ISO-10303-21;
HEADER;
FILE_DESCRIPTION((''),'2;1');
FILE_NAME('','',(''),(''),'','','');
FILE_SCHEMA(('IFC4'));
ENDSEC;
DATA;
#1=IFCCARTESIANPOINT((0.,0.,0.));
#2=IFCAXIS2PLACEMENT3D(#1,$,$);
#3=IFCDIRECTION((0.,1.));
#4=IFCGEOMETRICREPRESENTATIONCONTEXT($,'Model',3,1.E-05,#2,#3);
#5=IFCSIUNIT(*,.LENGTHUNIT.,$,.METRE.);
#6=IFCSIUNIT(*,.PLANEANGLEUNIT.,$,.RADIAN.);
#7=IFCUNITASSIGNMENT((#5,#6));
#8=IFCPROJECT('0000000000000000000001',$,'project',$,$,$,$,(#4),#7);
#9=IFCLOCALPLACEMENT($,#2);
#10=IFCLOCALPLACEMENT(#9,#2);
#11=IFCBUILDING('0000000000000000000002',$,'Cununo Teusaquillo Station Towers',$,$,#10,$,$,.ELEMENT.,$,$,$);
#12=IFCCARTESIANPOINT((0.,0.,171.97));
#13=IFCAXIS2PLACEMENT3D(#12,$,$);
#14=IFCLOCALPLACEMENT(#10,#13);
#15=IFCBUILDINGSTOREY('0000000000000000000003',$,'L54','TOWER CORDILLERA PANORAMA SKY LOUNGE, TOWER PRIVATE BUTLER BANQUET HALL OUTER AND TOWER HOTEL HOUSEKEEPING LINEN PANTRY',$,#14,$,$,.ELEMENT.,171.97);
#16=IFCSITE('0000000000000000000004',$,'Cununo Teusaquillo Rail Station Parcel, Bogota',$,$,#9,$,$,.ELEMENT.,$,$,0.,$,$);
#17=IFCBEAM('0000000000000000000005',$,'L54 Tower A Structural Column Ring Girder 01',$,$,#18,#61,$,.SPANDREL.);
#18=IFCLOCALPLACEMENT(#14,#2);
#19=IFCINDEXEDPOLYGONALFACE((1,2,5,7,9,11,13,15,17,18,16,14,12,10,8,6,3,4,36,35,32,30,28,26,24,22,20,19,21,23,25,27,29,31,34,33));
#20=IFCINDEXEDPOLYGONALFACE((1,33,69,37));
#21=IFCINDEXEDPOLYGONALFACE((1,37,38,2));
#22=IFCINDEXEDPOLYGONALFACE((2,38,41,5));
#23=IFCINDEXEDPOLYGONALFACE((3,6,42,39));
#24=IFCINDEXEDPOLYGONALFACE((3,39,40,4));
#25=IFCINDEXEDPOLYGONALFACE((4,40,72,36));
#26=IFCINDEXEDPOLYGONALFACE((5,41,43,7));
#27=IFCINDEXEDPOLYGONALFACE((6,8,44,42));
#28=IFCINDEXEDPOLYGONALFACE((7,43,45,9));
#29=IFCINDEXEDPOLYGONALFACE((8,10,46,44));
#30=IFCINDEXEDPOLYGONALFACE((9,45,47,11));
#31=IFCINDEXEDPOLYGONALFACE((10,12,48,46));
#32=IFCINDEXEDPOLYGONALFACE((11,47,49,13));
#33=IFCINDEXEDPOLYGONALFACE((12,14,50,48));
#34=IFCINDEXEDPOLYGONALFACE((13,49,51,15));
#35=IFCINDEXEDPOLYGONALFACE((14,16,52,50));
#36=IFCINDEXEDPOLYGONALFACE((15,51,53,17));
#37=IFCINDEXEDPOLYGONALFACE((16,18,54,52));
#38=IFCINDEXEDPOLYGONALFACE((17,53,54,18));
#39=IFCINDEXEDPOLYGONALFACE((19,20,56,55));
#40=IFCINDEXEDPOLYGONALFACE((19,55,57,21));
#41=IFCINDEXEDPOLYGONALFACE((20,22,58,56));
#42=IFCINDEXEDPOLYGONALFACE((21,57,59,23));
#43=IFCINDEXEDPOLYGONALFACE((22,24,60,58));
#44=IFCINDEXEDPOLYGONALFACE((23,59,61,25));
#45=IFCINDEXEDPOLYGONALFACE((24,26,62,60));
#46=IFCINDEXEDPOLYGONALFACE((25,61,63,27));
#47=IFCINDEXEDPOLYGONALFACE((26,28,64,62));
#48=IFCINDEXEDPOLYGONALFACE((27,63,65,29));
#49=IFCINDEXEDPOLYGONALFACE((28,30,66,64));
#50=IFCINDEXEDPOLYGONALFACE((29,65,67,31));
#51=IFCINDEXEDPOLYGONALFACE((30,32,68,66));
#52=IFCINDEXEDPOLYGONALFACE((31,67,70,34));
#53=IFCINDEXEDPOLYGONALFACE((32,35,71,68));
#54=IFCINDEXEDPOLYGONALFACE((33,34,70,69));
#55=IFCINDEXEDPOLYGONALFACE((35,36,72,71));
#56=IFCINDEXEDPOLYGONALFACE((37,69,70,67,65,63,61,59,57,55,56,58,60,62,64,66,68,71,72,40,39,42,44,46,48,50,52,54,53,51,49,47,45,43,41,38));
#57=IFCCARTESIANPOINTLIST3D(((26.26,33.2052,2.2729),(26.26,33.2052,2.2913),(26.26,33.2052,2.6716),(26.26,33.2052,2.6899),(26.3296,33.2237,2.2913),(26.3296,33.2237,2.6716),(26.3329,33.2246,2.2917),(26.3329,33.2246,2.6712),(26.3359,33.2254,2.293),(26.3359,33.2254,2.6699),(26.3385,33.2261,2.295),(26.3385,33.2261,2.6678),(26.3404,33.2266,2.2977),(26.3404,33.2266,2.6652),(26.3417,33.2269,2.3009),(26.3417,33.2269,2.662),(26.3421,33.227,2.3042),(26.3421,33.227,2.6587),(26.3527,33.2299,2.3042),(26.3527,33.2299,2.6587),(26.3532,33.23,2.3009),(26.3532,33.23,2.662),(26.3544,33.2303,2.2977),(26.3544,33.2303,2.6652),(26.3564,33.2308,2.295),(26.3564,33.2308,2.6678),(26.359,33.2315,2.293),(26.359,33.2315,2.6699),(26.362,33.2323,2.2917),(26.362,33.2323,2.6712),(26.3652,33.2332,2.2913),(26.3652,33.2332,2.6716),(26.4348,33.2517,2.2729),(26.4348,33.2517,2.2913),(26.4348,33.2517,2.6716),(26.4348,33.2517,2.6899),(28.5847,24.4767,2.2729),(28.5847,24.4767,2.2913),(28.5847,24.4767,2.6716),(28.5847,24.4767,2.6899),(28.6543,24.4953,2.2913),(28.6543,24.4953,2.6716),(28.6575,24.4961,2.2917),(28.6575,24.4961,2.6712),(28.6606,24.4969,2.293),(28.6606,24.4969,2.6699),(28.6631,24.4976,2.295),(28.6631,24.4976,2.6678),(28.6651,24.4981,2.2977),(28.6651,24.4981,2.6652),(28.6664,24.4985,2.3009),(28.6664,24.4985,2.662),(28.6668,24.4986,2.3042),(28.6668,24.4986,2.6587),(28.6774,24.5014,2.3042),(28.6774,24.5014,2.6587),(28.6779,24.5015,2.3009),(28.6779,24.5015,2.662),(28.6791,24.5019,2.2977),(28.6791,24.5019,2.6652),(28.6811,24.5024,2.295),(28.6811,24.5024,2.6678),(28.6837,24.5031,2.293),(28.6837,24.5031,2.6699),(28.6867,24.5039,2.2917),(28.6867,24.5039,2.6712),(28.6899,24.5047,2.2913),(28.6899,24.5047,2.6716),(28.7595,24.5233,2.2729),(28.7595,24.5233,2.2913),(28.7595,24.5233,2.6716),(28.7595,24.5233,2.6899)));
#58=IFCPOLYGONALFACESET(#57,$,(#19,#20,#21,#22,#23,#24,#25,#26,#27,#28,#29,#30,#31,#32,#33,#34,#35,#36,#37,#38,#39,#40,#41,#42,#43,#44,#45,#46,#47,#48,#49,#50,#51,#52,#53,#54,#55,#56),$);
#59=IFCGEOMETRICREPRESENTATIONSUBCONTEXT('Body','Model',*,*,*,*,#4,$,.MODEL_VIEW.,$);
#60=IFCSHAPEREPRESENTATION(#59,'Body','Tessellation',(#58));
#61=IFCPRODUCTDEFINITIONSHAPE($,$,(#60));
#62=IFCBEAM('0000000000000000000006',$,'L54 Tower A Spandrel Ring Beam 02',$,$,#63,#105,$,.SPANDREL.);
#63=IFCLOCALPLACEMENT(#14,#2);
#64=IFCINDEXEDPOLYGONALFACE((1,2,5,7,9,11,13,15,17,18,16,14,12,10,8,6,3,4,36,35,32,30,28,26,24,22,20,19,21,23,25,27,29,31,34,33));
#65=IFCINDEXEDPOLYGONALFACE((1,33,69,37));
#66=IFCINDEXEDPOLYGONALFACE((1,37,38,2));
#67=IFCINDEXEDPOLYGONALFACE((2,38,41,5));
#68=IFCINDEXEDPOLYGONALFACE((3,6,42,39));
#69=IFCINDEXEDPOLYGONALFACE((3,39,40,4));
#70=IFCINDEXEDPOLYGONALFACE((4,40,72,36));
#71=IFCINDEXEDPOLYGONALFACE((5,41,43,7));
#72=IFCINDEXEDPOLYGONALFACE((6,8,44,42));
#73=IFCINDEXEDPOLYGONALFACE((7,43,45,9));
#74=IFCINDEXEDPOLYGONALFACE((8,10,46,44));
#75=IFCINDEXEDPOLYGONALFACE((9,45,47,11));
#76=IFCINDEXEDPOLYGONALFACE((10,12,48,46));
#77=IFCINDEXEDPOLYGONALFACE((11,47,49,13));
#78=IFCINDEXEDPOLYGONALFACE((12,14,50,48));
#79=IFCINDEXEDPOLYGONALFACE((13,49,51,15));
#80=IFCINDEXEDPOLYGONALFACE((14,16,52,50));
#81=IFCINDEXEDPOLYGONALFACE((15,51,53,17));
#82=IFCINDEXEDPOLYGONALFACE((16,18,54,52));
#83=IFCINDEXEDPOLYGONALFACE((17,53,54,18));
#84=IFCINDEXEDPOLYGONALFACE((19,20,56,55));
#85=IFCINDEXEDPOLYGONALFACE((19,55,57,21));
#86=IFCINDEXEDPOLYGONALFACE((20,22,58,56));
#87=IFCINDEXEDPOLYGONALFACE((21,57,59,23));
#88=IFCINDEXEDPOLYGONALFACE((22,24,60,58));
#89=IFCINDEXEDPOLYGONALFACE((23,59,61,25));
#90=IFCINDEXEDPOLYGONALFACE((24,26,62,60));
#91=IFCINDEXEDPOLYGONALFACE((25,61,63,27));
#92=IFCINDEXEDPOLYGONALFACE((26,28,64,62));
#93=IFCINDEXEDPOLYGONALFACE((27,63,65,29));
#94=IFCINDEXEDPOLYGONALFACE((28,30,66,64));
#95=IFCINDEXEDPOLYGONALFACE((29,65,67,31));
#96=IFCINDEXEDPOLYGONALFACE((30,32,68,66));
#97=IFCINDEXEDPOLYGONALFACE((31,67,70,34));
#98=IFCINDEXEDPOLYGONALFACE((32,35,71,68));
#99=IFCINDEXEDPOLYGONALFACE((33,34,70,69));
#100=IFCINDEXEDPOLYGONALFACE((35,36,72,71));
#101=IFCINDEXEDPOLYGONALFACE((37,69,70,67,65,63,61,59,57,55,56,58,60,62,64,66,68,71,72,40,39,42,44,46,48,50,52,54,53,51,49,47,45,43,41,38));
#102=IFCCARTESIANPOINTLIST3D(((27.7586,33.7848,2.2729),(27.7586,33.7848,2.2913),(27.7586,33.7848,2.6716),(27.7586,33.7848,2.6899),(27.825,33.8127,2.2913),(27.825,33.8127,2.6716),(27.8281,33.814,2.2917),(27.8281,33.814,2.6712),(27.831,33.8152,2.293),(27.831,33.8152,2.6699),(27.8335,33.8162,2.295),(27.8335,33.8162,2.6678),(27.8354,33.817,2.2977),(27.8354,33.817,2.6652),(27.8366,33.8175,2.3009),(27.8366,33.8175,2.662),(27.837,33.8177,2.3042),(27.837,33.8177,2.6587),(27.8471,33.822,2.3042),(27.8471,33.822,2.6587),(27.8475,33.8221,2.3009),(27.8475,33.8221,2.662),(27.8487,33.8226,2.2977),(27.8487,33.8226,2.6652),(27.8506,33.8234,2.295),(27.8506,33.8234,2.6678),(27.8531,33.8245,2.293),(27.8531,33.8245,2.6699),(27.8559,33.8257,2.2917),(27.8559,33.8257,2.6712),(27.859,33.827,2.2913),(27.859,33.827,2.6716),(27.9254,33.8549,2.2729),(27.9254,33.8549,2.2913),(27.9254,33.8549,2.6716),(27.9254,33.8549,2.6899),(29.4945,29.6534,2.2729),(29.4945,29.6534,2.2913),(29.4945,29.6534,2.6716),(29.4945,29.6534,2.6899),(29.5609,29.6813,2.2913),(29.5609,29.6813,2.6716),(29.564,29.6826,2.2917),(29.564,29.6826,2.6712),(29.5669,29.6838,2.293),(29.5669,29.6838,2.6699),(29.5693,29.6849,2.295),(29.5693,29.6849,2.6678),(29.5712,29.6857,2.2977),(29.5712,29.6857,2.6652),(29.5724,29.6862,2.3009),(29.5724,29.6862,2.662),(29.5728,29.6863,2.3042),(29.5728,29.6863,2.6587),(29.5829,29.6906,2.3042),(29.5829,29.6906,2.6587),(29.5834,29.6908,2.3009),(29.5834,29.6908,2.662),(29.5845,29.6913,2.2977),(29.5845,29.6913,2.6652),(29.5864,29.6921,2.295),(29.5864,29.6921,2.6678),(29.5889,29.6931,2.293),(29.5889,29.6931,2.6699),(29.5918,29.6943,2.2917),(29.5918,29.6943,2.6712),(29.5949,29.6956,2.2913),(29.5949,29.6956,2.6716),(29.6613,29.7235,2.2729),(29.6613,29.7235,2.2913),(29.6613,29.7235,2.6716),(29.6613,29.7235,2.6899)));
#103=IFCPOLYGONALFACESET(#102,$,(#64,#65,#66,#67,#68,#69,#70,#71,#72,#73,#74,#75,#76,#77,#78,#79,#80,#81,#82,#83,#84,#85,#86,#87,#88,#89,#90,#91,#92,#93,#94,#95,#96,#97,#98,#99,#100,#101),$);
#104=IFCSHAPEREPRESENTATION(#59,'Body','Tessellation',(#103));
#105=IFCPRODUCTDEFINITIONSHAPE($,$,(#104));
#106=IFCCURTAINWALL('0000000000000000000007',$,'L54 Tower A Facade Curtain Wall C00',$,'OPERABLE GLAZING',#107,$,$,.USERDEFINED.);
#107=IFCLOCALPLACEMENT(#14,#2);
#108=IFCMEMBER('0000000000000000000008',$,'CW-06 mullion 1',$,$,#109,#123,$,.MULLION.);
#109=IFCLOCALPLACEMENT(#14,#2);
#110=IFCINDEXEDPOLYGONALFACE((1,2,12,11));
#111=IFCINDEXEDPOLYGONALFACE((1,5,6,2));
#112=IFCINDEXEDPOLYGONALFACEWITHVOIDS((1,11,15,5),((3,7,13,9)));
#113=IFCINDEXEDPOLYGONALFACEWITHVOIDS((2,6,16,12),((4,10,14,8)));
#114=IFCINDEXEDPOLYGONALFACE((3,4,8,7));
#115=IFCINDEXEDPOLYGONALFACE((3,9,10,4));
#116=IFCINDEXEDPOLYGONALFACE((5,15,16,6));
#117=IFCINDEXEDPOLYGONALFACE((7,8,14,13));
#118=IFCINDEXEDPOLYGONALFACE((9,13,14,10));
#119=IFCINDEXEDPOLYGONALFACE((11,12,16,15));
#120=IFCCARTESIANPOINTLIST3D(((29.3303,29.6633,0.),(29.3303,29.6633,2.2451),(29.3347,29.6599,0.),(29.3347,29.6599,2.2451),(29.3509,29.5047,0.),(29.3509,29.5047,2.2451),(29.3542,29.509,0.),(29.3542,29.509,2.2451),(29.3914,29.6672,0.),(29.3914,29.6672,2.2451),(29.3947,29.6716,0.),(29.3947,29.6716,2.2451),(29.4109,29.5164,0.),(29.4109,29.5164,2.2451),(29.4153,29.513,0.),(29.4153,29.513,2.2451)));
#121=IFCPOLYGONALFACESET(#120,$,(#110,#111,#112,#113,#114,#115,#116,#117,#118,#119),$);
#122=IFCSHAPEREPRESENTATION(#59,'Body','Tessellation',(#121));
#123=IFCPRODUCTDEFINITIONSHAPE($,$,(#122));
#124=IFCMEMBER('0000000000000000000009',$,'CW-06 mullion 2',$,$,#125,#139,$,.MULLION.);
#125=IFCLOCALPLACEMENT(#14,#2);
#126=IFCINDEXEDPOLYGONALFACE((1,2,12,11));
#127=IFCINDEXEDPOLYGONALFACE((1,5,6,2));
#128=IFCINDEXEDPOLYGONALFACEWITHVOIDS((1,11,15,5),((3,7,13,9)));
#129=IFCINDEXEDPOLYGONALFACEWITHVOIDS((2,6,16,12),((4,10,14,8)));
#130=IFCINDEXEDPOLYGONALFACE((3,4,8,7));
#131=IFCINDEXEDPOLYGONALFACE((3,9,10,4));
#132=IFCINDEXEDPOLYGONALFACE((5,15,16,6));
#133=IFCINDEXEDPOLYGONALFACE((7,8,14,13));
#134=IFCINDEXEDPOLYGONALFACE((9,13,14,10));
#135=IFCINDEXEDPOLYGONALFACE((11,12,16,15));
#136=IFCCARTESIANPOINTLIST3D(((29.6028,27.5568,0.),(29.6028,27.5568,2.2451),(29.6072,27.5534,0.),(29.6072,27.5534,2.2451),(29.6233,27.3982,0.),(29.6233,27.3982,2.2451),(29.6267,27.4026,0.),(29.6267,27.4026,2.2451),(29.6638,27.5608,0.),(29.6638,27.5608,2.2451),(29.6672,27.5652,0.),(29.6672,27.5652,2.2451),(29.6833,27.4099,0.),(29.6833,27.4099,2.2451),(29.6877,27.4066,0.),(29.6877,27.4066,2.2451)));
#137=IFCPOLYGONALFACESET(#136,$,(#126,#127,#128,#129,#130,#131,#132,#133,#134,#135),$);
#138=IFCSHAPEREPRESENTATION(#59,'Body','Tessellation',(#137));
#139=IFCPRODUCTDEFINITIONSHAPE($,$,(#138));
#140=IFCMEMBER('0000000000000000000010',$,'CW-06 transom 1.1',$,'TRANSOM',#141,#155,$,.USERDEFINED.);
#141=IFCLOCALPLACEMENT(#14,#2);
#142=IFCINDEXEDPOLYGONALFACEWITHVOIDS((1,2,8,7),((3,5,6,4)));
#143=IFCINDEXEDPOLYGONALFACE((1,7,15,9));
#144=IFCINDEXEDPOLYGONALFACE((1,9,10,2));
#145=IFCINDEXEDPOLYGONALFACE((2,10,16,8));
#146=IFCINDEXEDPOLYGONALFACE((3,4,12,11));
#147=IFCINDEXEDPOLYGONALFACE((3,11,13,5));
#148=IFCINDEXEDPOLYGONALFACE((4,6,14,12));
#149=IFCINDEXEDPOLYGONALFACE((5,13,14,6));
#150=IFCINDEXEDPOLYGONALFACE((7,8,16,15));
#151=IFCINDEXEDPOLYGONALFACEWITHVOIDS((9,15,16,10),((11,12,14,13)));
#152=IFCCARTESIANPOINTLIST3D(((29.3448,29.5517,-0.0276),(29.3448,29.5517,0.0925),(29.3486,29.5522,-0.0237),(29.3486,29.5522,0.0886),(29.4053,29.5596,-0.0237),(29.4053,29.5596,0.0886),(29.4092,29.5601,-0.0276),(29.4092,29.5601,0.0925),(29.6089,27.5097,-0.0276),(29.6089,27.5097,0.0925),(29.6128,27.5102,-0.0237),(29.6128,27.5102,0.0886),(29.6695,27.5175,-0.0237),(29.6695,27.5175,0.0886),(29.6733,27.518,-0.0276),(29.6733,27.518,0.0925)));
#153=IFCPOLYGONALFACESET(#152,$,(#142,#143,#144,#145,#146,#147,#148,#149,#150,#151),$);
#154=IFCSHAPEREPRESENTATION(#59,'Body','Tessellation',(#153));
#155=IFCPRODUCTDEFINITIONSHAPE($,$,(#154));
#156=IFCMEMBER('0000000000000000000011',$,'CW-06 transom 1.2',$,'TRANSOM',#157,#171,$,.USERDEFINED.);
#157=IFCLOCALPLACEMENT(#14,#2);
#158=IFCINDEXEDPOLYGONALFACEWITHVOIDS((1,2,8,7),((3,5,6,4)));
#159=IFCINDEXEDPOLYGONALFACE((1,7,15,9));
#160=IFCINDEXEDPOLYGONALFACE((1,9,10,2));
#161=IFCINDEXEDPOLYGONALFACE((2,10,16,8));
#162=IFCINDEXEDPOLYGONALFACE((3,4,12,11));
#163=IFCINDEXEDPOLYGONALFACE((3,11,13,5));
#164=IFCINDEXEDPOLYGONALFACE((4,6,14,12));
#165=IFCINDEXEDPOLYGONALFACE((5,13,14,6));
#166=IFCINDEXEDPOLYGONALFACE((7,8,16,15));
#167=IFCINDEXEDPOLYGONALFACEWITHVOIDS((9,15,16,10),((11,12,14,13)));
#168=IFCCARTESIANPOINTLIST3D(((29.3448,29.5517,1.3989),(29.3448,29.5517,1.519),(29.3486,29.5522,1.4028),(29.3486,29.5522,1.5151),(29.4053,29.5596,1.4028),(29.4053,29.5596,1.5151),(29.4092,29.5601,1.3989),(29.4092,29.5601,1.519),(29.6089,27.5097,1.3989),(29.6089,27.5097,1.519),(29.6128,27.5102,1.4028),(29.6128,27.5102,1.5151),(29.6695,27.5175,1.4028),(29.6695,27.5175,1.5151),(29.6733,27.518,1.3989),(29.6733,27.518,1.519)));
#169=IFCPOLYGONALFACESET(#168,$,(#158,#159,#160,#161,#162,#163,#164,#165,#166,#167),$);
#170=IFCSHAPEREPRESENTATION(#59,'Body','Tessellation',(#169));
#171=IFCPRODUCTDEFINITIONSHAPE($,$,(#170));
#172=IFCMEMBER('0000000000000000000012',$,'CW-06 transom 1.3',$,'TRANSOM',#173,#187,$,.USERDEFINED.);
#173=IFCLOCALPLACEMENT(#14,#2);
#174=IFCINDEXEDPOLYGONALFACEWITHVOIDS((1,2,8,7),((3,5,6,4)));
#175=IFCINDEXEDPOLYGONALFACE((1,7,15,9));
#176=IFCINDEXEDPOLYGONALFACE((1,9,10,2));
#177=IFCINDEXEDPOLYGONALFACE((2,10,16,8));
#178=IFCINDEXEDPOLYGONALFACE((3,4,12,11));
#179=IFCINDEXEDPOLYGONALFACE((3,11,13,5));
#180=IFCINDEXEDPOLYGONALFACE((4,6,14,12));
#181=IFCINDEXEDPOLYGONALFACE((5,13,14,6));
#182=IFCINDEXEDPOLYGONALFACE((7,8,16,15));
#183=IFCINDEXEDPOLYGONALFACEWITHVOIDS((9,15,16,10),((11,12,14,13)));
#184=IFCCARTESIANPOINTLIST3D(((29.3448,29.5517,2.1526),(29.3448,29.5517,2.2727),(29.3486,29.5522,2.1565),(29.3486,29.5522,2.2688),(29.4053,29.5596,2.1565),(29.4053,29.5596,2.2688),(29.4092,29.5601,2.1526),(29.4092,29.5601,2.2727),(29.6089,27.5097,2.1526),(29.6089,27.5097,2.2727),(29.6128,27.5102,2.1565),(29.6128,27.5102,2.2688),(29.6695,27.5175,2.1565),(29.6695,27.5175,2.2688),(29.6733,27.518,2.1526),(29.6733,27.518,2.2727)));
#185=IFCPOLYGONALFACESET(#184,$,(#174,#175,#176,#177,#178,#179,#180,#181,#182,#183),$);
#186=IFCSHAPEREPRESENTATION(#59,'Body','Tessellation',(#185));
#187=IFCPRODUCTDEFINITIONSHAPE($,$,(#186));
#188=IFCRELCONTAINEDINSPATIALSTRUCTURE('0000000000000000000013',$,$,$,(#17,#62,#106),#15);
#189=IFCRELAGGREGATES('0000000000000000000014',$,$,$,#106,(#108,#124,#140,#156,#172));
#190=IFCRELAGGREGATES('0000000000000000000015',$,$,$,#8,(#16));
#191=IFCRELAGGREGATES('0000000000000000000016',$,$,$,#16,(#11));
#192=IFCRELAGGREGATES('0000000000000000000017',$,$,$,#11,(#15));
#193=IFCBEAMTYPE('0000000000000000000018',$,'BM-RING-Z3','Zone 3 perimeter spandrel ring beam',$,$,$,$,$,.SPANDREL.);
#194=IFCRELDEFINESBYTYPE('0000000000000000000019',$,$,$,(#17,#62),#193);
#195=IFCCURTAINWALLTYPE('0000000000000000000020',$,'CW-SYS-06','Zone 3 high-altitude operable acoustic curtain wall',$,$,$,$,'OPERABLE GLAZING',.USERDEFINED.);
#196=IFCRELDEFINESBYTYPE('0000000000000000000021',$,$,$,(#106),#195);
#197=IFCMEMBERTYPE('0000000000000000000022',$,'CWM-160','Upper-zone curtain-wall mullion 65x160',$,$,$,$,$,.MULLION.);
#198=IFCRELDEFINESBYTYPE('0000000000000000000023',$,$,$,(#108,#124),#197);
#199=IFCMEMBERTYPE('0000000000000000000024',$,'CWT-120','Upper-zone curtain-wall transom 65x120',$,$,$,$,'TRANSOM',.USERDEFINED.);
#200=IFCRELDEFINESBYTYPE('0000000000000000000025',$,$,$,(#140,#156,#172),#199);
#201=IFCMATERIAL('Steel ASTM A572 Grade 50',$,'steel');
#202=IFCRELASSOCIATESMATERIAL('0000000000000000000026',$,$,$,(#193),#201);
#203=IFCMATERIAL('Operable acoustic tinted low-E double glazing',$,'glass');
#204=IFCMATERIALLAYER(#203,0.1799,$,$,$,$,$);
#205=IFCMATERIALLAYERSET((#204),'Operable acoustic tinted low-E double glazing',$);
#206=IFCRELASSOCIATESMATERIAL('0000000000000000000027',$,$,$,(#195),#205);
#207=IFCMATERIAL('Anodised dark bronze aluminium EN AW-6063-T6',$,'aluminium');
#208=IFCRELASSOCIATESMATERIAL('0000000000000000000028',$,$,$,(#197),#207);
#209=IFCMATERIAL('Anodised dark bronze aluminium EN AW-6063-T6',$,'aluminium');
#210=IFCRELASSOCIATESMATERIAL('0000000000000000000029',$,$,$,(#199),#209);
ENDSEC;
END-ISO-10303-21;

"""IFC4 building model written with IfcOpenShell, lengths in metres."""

from ifc_helpers import new_model, si_unit, direction, frame, origin, origin_2d, place, context, subcontext, project, spatial, hollow_rectangle, i_section, extrude, material, layer, layer_set, material_profile, profile_set, type_object, element, aggregate, save


model = new_model("IFC4")

# Units and contexts
model_context = context("Model", 3, precision=1e-05, world=origin(), true_north=direction((0.0, 1.0)))
body_context = subcontext(model_context, "Body", "Model", "MODEL_VIEW")
ifc_project = project(units=[si_unit("LENGTHUNIT", "METRE"), si_unit("PLANEANGLEUNIT", "RADIAN")], contexts=[model_context])

# Site, building, storey
site_placement = place(None, origin())
site = spatial("IfcSite", under=ifc_project, at=site_placement, Name="Cununo Teusaquillo Rail Station Parcel, Bogota", CompositionType="ELEMENT", RefElevation=0.0)
building_placement = place(site_placement, origin())
building = spatial("IfcBuilding", under=site, at=building_placement, Name="Cununo Teusaquillo Station Towers", CompositionType="ELEMENT")
storey_placement = place(building_placement, frame((0.0, 0.0, 171.97)))
storey = spatial("IfcBuildingStorey", under=building, at=storey_placement, Name="L54", Description="TOWER CORDILLERA PANORAMA SKY LOUNGE, TOWER PRIVATE BUTLER BANQUET HALL OUTER AND TOWER HOTEL HOUSEKEEPING LINEN PANTRY", CompositionType="ELEMENT", Elevation=171.97)

# Beams
ifc_material_1 = material(Name="Steel ASTM A572 Grade 50", Category="steel")
ifc_material_profile_1 = material_profile(ifc_material_1, i_section(OverallWidth=0.1809, OverallDepth=0.417, WebThickness=0.011, FlangeThickness=0.0183, FilletRadius=0.0129, at=origin_2d()), Name="W16X57")
ifc_profile_set_1 = profile_set([ifc_material_profile_1], Name="Steel ASTM A572 Grade 50")
beam_type_1 = type_object("IfcBeamType", Name="BM-RING-Z3", Description="Zone 3 perimeter spandrel ring beam", PredefinedType="SPANDREL", material=ifc_profile_set_1)
beam_1_placement = place(storey_placement, frame((28.6721, 24.5, 2.4814), z_axis=(-0.257363, 0.966315, 0.0), x_axis=(-0.966315, -0.257363, 0.0)))
element("IfcBeam", 1, at=beam_1_placement, inside=storey, type_object=beam_type_1, Name="L54 Tower A Structural Column Ring Girder 01", PredefinedType="SPANDREL", context=body_context, shape_type="SweptSolid", body=[
    extrude(i_section(OverallWidth=0.1809, OverallDepth=0.417, WebThickness=0.011, FlangeThickness=0.0183, FilletRadius=0.0129, at=origin_2d()), origin(), (0.0, 0.0, 1.0), 9.0327),
])
beam_2_placement = place(storey_placement, frame((29.5779, 29.6885, 2.4814), z_axis=(-0.38736, 0.921928, 0.0), x_axis=(-0.921928, -0.38736, 0.0)))
element("IfcBeam", 2, at=beam_2_placement, inside=storey, type_object=beam_type_1, Name="L54 Tower A Spandrel Ring Beam 02", PredefinedType="SPANDREL", context=body_context, shape_type="SweptSolid", body=[
    extrude(i_section(OverallWidth=0.1809, OverallDepth=0.417, WebThickness=0.011, FlangeThickness=0.0183, FilletRadius=0.0129, at=origin_2d()), origin(), (0.0, 0.0, 1.0), 4.4812),
])

# Curtain wall, members
ifc_material_2 = material(Name="Operable acoustic tinted low-E double glazing", Category="glass")
ifc_layer_1 = layer(ifc_material_2, 0.1799)
ifc_layer_set_1 = layer_set([ifc_layer_1], Name="Operable acoustic tinted low-E double glazing")
curtain_wall_type = type_object("IfcCurtainWallType", Name="CW-SYS-06", Description="Zone 3 high-altitude operable acoustic curtain wall", ElementType="OPERABLE GLAZING", PredefinedType="USERDEFINED", material=ifc_layer_set_1)
curtain_wall_placement = place(storey_placement, origin())
curtain_wall = element("IfcCurtainWall", 3, at=curtain_wall_placement, inside=storey, type_object=curtain_wall_type, Name="L54 Tower A Facade Curtain Wall C00", ObjectType="OPERABLE GLAZING", PredefinedType="USERDEFINED")
ifc_material_3 = material(Name="Anodised dark bronze aluminium EN AW-6063-T6", Category="aluminium")
ifc_material_profile_2 = material_profile(ifc_material_3, hollow_rectangle(XDim=0.0649, YDim=0.1599, WallThickness=0.0039, at=origin_2d()), Name="CW-MULL-65x160")
ifc_profile_set_2 = profile_set([ifc_material_profile_2], Name="Anodised dark bronze aluminium EN AW-6063-T6")
member_type_1 = type_object("IfcMemberType", Name="CWM-160", Description="Upper-zone curtain-wall mullion 65x160", PredefinedType="MULLION", material=ifc_profile_set_2)
member_1_placement = place(storey_placement, frame((29.3728, 29.5881, 0.0), z_axis=(0.0, 0.0, 1.0), x_axis=(0.991737, 0.128285, 0.0)))
member_1 = element("IfcMember", 4, at=member_1_placement, type_object=member_type_1, Name="CW-06 mullion 1", PredefinedType="MULLION", context=body_context, shape_type="SweptSolid", body=[
    extrude(hollow_rectangle(XDim=0.0649, YDim=0.1599, WallThickness=0.0039, at=origin_2d()), origin(), (0.0, 0.0, 1.0), 2.2451),
])
member_2_placement = place(storey_placement, frame((29.6453, 27.4817, 0.0), z_axis=(0.0, 0.0, 1.0), x_axis=(0.991737, 0.128285, 0.0)))
member_2 = element("IfcMember", 5, at=member_2_placement, type_object=member_type_1, Name="CW-06 mullion 2", PredefinedType="MULLION", context=body_context, shape_type="SweptSolid", body=[
    extrude(hollow_rectangle(XDim=0.0649, YDim=0.1599, WallThickness=0.0039, at=origin_2d()), origin(), (0.0, 0.0, 1.0), 2.2451),
])
ifc_material_4 = material(Name="Anodised dark bronze aluminium EN AW-6063-T6", Category="aluminium")
ifc_material_profile_3 = material_profile(ifc_material_4, hollow_rectangle(XDim=0.0649, YDim=0.1201, WallThickness=0.0039, at=origin_2d()), Name="CW-TRAN-65x120")
ifc_profile_set_3 = profile_set([ifc_material_profile_3], Name="Anodised dark bronze aluminium EN AW-6063-T6")
member_type_2 = type_object("IfcMemberType", Name="CWT-120", Description="Upper-zone curtain-wall transom 65x120", ElementType="TRANSOM", PredefinedType="USERDEFINED", material=ifc_profile_set_3)
member_3_placement = place(storey_placement, frame((29.377, 29.5559, 0.0325), z_axis=(0.128295, -0.991736, 0.0), x_axis=(0.991736, 0.128295, 0.0)))
member_3 = element("IfcMember", 6, at=member_3_placement, type_object=member_type_2, Name="CW-06 transom 1.1", ObjectType="TRANSOM", PredefinedType="USERDEFINED", context=body_context, shape_type="SweptSolid", body=[
    extrude(hollow_rectangle(XDim=0.0649, YDim=0.1201, WallThickness=0.0039, at=origin_2d()), origin(), (0.0, 0.0, 1.0), 2.0591),
])
member_4_placement = place(storey_placement, frame((29.377, 29.5559, 1.459), z_axis=(0.128295, -0.991736, 0.0), x_axis=(0.991736, 0.128295, 0.0)))
member_4 = element("IfcMember", 7, at=member_4_placement, type_object=member_type_2, Name="CW-06 transom 1.2", ObjectType="TRANSOM", PredefinedType="USERDEFINED", context=body_context, shape_type="SweptSolid", body=[
    extrude(hollow_rectangle(XDim=0.0649, YDim=0.1201, WallThickness=0.0039, at=origin_2d()), origin(), (0.0, 0.0, 1.0), 2.0591),
])
member_5_placement = place(storey_placement, frame((29.377, 29.5559, 2.2126), z_axis=(0.128295, -0.991736, 0.0), x_axis=(0.991736, 0.128295, 0.0)))
member_5 = element("IfcMember", 8, at=member_5_placement, type_object=member_type_2, Name="CW-06 transom 1.3", ObjectType="TRANSOM", PredefinedType="USERDEFINED", context=body_context, shape_type="SweptSolid", body=[
    extrude(hollow_rectangle(XDim=0.0649, YDim=0.1201, WallThickness=0.0039, at=origin_2d()), origin(), (0.0, 0.0, 1.0), 2.0591),
])

aggregate(curtain_wall, [member_1, member_2, member_3, member_4, member_5])

save(model, "model.ifc")
